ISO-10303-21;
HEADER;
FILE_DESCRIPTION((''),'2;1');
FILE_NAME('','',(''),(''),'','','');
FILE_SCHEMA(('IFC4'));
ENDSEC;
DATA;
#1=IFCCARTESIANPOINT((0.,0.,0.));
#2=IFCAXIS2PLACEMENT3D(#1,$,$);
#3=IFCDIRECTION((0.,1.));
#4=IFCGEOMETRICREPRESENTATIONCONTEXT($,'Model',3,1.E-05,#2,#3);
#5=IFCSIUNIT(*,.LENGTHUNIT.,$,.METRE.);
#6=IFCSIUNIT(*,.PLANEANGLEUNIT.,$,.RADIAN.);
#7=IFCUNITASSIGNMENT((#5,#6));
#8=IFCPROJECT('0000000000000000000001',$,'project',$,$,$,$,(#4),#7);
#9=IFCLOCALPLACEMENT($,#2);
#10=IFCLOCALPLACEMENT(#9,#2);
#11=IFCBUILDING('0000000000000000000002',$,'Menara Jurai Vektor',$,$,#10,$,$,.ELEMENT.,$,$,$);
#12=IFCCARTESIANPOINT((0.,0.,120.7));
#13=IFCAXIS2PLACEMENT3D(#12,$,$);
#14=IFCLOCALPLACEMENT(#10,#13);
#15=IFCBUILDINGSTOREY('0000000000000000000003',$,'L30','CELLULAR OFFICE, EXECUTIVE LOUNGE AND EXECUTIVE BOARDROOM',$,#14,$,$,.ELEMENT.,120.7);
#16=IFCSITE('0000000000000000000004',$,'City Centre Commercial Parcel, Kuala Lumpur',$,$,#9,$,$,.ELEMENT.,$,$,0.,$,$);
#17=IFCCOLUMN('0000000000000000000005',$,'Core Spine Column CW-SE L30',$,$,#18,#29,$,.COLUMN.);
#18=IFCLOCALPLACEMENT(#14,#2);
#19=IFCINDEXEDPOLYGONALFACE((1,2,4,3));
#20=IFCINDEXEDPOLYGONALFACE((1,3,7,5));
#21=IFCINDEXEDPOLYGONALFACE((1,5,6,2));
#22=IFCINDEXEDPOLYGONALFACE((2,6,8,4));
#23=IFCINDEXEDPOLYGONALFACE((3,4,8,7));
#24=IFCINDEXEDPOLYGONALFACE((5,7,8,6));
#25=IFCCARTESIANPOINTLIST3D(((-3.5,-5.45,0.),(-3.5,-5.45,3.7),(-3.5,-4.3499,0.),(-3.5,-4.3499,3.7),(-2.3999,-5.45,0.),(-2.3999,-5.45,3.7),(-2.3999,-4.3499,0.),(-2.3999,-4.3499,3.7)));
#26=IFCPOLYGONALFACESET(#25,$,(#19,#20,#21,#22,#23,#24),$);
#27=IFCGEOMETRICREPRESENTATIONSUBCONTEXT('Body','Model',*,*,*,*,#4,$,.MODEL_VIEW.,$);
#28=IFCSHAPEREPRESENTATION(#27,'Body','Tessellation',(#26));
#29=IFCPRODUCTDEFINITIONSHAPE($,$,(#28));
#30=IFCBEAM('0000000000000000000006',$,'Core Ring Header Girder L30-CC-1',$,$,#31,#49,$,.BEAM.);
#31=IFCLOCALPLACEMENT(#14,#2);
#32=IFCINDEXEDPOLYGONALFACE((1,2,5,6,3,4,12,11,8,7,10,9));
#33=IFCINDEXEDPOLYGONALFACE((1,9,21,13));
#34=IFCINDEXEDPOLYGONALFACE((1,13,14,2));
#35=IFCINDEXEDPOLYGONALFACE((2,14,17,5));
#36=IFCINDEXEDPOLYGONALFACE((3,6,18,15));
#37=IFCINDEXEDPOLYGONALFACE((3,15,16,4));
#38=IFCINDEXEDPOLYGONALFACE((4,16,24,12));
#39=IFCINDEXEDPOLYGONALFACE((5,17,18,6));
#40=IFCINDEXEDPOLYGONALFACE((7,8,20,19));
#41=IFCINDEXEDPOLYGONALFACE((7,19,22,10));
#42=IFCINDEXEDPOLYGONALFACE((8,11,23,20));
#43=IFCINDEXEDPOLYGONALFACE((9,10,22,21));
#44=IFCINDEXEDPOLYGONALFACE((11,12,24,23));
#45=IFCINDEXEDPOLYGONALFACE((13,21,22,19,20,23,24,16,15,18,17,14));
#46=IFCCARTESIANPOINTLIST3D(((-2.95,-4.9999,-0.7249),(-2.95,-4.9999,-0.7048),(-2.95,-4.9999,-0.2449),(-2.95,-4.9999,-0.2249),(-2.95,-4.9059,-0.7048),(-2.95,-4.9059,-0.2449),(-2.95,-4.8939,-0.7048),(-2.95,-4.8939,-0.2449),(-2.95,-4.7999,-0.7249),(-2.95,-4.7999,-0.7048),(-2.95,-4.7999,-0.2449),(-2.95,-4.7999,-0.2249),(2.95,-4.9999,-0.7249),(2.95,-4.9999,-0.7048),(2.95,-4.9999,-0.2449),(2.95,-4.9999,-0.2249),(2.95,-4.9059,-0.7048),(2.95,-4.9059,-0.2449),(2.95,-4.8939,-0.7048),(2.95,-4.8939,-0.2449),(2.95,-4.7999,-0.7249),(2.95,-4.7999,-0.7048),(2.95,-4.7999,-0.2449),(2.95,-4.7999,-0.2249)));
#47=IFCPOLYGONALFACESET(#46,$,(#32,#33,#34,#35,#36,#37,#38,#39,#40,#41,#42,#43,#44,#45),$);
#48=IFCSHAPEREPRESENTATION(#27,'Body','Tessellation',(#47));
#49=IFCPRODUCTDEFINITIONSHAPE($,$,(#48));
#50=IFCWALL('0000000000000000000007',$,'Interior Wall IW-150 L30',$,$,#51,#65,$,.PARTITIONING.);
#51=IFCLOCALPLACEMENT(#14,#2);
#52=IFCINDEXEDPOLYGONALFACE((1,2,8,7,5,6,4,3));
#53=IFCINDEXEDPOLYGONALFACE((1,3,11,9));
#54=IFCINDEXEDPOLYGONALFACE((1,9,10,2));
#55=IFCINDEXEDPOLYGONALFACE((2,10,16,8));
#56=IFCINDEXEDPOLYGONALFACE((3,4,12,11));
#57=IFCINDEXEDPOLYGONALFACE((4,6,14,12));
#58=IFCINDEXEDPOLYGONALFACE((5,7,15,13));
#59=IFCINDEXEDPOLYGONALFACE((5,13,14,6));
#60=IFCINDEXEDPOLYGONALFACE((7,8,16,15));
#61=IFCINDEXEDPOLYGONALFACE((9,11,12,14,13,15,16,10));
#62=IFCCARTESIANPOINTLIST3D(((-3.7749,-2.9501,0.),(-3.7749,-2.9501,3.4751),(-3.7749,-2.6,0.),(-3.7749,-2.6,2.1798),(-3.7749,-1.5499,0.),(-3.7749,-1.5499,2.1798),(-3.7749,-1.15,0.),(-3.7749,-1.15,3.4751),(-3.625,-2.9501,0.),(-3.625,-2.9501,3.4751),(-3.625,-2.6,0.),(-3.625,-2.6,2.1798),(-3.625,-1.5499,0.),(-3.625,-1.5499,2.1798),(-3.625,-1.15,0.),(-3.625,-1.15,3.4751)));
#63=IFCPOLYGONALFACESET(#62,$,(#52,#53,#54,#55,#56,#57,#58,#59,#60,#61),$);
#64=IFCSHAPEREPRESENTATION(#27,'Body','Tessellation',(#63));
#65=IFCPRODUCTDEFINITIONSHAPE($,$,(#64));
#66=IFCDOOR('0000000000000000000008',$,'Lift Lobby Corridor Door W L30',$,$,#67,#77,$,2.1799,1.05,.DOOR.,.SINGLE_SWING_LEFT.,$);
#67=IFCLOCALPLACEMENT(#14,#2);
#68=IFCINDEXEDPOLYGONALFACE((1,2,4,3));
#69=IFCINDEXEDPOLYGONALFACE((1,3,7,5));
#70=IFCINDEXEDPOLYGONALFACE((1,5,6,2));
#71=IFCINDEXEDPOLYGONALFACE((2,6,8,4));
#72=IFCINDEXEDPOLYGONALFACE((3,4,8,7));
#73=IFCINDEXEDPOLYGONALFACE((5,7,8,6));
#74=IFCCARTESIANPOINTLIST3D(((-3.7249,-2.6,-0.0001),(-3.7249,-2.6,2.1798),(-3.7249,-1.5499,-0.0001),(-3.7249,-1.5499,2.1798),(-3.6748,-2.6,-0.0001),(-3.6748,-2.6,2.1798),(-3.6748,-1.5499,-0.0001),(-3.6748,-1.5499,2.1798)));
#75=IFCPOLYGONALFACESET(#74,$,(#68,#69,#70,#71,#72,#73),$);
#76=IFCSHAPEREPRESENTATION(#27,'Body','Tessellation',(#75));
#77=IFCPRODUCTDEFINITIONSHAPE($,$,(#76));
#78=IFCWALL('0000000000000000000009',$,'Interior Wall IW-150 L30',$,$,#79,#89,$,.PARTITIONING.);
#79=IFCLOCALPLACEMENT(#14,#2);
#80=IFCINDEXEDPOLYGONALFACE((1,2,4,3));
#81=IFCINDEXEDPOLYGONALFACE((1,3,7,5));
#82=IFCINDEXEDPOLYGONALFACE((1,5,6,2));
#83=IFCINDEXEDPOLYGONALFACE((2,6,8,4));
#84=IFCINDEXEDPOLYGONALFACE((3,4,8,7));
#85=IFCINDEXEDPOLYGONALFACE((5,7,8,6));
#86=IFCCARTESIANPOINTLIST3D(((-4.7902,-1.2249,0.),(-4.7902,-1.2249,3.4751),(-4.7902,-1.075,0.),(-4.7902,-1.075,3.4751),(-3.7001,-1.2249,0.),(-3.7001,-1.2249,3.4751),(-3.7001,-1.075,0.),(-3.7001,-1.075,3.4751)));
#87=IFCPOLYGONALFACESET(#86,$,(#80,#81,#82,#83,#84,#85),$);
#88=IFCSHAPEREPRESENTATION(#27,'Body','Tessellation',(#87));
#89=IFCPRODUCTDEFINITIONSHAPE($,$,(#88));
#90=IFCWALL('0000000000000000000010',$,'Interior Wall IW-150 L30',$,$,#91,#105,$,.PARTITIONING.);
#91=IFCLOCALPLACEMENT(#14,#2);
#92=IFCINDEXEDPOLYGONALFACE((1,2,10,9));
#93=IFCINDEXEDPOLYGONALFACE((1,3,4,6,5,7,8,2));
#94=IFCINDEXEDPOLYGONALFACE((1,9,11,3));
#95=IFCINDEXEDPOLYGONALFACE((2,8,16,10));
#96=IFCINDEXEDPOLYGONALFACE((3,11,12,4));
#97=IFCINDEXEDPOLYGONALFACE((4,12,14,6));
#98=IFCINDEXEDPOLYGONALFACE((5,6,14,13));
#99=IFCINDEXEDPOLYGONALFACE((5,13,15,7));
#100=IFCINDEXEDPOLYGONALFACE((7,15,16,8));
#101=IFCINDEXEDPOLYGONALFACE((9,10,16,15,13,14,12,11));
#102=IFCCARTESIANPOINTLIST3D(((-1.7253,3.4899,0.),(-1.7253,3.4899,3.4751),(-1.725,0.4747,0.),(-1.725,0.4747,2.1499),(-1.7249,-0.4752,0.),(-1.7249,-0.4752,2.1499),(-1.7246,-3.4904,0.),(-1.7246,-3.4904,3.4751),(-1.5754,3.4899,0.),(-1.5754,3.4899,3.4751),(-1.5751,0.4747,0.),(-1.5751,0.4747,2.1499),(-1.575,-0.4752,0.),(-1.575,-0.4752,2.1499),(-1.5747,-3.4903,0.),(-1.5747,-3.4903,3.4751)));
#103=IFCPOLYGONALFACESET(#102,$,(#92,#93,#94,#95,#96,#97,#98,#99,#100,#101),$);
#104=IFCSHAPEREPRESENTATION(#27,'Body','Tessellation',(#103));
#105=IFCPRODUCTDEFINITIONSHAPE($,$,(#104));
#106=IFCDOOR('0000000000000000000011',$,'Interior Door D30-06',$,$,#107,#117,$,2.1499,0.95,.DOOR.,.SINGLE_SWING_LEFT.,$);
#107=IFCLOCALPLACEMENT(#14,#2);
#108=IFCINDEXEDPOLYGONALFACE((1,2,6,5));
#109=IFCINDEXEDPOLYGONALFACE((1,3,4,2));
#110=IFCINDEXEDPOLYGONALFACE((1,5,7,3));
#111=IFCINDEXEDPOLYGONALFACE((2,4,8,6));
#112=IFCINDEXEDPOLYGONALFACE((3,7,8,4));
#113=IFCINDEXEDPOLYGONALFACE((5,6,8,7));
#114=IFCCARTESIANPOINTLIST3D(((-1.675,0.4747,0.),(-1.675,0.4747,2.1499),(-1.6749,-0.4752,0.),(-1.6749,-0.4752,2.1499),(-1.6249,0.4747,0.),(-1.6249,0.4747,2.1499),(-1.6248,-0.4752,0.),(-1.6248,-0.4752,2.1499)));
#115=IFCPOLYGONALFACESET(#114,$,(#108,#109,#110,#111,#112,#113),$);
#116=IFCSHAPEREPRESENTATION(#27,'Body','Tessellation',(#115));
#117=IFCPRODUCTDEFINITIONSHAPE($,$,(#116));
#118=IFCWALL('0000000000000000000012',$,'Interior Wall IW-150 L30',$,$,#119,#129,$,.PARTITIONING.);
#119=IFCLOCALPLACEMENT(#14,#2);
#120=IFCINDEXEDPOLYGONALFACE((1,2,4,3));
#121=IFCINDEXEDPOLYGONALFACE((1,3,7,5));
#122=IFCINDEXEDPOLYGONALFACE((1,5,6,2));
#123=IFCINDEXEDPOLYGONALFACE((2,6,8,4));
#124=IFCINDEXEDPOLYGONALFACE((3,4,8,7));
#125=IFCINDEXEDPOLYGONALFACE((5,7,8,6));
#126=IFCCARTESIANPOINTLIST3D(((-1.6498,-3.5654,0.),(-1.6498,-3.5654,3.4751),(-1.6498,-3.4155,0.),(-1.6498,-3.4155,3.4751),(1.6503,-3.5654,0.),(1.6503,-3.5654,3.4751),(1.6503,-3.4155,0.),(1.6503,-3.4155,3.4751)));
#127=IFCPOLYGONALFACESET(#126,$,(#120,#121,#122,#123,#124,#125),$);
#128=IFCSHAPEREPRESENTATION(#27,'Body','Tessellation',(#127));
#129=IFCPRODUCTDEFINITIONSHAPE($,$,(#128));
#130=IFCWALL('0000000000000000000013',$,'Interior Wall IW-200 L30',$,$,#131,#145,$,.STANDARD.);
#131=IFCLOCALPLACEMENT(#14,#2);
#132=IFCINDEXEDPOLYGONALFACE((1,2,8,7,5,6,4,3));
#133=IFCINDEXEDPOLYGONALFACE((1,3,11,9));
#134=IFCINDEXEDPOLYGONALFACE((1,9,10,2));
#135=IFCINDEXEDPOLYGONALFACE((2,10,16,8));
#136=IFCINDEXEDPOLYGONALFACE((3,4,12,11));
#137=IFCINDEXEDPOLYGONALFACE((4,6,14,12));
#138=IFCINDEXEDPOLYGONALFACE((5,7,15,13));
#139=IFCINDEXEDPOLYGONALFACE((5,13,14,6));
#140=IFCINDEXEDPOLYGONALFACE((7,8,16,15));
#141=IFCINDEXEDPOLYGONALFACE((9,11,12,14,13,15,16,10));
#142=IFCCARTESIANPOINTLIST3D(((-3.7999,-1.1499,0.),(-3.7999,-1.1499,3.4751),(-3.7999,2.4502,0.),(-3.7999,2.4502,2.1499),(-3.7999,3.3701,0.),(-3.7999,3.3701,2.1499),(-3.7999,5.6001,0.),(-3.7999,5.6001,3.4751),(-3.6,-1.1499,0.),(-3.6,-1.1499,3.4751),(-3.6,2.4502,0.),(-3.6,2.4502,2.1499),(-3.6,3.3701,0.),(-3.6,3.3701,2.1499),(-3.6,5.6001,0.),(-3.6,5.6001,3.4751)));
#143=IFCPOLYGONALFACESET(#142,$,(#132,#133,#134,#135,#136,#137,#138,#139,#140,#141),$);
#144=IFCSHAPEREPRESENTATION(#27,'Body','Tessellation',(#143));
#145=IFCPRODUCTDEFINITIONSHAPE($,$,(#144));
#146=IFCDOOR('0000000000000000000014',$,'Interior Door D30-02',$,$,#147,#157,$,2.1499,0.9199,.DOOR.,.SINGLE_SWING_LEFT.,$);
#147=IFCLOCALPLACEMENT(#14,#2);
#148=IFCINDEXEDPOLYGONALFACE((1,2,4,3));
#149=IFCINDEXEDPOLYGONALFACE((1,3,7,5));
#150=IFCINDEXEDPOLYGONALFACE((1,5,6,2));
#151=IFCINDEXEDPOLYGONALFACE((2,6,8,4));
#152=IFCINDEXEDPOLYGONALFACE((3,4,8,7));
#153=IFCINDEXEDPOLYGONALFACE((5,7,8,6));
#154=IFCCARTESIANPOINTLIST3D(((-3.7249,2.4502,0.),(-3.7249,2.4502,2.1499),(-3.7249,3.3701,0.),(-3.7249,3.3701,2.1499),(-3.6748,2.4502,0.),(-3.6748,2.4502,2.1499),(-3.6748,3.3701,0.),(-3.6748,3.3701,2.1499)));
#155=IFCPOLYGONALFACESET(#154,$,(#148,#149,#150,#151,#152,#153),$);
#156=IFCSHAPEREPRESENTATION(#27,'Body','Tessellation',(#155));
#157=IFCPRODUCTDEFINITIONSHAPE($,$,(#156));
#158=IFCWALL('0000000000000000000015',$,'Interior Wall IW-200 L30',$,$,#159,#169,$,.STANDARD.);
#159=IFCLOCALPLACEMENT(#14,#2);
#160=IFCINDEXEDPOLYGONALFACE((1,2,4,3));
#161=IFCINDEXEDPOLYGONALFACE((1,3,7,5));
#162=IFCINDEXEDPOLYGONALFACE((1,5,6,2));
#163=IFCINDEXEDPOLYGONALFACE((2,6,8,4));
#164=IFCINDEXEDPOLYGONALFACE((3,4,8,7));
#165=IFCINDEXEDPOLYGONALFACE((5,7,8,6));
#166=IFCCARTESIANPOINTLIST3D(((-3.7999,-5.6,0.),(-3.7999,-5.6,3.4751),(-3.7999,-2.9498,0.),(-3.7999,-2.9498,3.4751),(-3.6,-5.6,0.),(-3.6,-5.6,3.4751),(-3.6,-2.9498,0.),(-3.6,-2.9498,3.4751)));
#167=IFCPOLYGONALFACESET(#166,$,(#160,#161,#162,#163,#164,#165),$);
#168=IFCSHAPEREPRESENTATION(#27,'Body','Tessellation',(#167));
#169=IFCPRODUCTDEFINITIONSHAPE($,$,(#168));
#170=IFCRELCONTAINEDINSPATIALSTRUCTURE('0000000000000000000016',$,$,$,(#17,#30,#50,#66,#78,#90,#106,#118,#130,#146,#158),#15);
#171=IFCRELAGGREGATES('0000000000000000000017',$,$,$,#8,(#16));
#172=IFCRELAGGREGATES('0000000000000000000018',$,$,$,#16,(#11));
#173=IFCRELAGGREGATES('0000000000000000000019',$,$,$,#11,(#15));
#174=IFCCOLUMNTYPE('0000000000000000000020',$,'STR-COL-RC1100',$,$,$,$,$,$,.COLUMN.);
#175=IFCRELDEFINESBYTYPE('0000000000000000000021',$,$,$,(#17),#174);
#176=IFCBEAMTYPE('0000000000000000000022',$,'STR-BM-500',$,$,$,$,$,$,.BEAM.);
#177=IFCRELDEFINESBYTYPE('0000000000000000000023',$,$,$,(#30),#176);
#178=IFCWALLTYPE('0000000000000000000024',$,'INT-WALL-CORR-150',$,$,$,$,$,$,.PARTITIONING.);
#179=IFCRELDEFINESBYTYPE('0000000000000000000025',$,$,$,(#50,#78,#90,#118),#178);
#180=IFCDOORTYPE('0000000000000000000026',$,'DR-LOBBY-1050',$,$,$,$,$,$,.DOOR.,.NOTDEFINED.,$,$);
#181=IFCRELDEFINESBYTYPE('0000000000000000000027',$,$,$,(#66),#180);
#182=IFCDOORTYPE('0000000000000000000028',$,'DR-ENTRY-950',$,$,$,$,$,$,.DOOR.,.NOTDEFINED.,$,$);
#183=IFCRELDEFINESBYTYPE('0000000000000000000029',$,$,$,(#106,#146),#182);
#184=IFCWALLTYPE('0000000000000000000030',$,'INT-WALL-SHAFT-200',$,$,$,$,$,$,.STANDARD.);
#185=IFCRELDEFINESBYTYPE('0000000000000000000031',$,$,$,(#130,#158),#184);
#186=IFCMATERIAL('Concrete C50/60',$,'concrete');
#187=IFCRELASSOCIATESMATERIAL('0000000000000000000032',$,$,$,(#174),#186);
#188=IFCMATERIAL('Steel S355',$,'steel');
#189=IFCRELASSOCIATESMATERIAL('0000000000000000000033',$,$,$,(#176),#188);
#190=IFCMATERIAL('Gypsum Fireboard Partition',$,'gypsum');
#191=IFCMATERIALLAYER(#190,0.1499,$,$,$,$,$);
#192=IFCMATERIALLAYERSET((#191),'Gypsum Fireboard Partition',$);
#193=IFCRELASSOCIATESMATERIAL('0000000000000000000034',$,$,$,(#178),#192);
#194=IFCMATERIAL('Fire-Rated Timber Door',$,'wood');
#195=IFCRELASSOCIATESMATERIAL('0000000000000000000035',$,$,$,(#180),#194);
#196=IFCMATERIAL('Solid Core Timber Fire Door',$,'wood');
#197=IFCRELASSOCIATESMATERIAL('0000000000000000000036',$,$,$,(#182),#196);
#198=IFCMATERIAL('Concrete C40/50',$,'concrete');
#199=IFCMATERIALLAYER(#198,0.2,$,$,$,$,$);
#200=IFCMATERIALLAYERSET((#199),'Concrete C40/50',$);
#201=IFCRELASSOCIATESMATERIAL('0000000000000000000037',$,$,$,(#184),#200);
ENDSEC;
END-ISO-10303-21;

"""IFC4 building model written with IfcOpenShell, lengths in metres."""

from ifc_helpers import new_model, si_unit, direction, frame, frame_2d, origin, origin_2d, place, context, subcontext, project, spatial, rectangle, i_section, extrude, material, layer, layer_set, material_profile, profile_set, type_object, element, fill, save


model = new_model("IFC4")

# Units and contexts
model_context = context("Model", 3, precision=1e-05, world=origin(), true_north=direction((0.0, 1.0)))
body_context = subcontext(model_context, "Body", "Model", "MODEL_VIEW")
ifc_project = project(units=[si_unit("LENGTHUNIT", "METRE"), si_unit("PLANEANGLEUNIT", "RADIAN")], contexts=[model_context])

# Site, building, storey
site_placement = place(None, origin())
site = spatial("IfcSite", under=ifc_project, at=site_placement, Name="City Centre Commercial Parcel, Kuala Lumpur", CompositionType="ELEMENT", RefElevation=0.0)
building_placement = place(site_placement, origin())
building = spatial("IfcBuilding", under=site, at=building_placement, Name="Menara Jurai Vektor", CompositionType="ELEMENT")
storey_placement = place(building_placement, frame((0.0, 0.0, 120.7)))
storey = spatial("IfcBuildingStorey", under=building, at=storey_placement, Name="L30", Description="CELLULAR OFFICE, EXECUTIVE LOUNGE AND EXECUTIVE BOARDROOM", CompositionType="ELEMENT", Elevation=120.7)

# Column
ifc_material_1 = material(Name="Concrete C50/60", Category="concrete")
ifc_material_profile_1 = material_profile(ifc_material_1, rectangle(XDim=1.1001, YDim=1.1001, at=origin_2d()), Name="RC 1100x1100")
ifc_profile_set_1 = profile_set([ifc_material_profile_1], Name="Concrete C50/60")
column_type = type_object("IfcColumnType", Name="STR-COL-RC1100", PredefinedType="COLUMN", material=ifc_profile_set_1)
column_placement = place(storey_placement, frame((-2.95, -4.8999, 0.0), z_axis=(0.0, 0.0, 1.0), x_axis=(1.0, 0.0, 0.0)))
element("IfcColumn", 1, at=column_placement, inside=storey, type_object=column_type, Name="Core Spine Column CW-SE L30", PredefinedType="COLUMN", context=body_context, shape_type="SweptSolid", body=[
    extrude(rectangle(XDim=1.1001, YDim=1.1001, at=origin_2d()), origin(), (0.0, 0.0, 1.0), 3.7),
])

# Beam
ifc_material_2 = material(Name="Steel S355", Category="steel")
ifc_material_profile_2 = material_profile(ifc_material_2, i_section(OverallWidth=0.2, OverallDepth=0.5, WebThickness=0.012, FlangeThickness=0.02, at=origin_2d()), Name="PG 500x200x96")
ifc_profile_set_2 = profile_set([ifc_material_profile_2], Name="Steel S355")
beam_type = type_object("IfcBeamType", Name="STR-BM-500", PredefinedType="BEAM", material=ifc_profile_set_2)
beam_placement = place(storey_placement, frame((-2.95, -4.8999, -0.4749), z_axis=(1.0, 0.0, 0.0), x_axis=(0.0, 1.0, 0.0)))
element("IfcBeam", 2, at=beam_placement, inside=storey, type_object=beam_type, Name="Core Ring Header Girder L30-CC-1", PredefinedType="BEAM", context=body_context, shape_type="SweptSolid", body=[
    extrude(i_section(OverallWidth=0.2, OverallDepth=0.5, WebThickness=0.012, FlangeThickness=0.02, at=origin_2d()), origin(), (0.0, 0.0, 1.0), 5.8999),
])

# Wall, opening, door
ifc_material_3 = material(Name="Gypsum Fireboard Partition", Category="gypsum")
ifc_layer_1 = layer(ifc_material_3, 0.1499)
ifc_layer_set_1 = layer_set([ifc_layer_1], Name="Gypsum Fireboard Partition")
wall_type_1 = type_object("IfcWallType", Name="INT-WALL-CORR-150", PredefinedType="PARTITIONING", material=ifc_layer_set_1)
wall_1_placement = place(storey_placement, frame((-3.7, -2.95, 0.0), z_axis=(0.0, 0.0, 1.0), x_axis=(0.0, 1.0, 0.0)))
wall_1 = element("IfcWall", 3, at=wall_1_placement, inside=storey, type_object=wall_type_1, Name="Interior Wall IW-150 L30", PredefinedType="PARTITIONING", context=body_context, shape_type="SweptSolid", body=[
    extrude(rectangle(XDim=1.8, YDim=0.1499, at=frame_2d((0.8999, 0.0))), origin(), (0.0, 0.0, 1.0), 3.4751),
])
opening_1_placement = place(wall_1_placement, frame((0.3501, 0.0, 0.0)))
opening_1 = element("IfcOpeningElement", 4, at=opening_1_placement, cuts=wall_1, PredefinedType="OPENING", context=body_context, shape_type="SweptSolid", body=[
    extrude(rectangle(XDim=1.05, YDim=2.1799, at=frame_2d((0.5249, 1.0898))), frame((0.0, 0.085, 0.0), z_axis=(0.0, -1.0, 0.0), x_axis=(1.0, 0.0, 0.0)), (0.0, 0.0, 1.0), 0.1699),
])
ifc_material_4 = material(Name="Fire-Rated Timber Door", Category="wood")
door_type_1 = type_object("IfcDoorType", Name="DR-LOBBY-1050", OperationType="NOTDEFINED", PredefinedType="DOOR", material=ifc_material_4)
door_1_placement = place(opening_1_placement, origin())
door_1 = element("IfcDoor", 5, at=door_1_placement, inside=storey, type_object=door_type_1, Name="Lift Lobby Corridor Door W L30", OperationType="SINGLE_SWING_LEFT", OverallHeight=2.1799, OverallWidth=1.05, PredefinedType="DOOR", context=body_context, shape_type="SweptSolid", body=[
    extrude(rectangle(XDim=1.05, YDim=2.1799, at=frame_2d((0.5249, 1.0898))), frame((0.0, 0.0249, 0.0), z_axis=(0.0, -1.0, 0.0), x_axis=(1.0, 0.0, 0.0)), (0.0, 0.0, 1.0), 0.05),
])
fill(opening_1, door_1)

# Wall
wall_2_placement = place(storey_placement, frame((-4.79, -1.1499, 0.0), z_axis=(0.0, 0.0, 1.0), x_axis=(1.0, 0.0, 0.0)))
element("IfcWall", 6, at=wall_2_placement, inside=storey, type_object=wall_type_1, Name="Interior Wall IW-150 L30", PredefinedType="PARTITIONING", context=body_context, shape_type="SweptSolid", body=[
    extrude(rectangle(XDim=1.0901, YDim=0.1499, at=frame_2d((0.5449, 0.0))), origin(), (0.0, 0.0, 1.0), 3.4751),
])

# Wall, opening, door
wall_3_placement = place(storey_placement, frame((-1.6497, -3.4905, 0.0), z_axis=(0.0, 0.0, 1.0), x_axis=(-0.000105, 1.0, 0.0)))
wall_3 = element("IfcWall", 7, at=wall_3_placement, inside=storey, type_object=wall_type_1, Name="Interior Wall IW-150 L30", PredefinedType="PARTITIONING", context=body_context, shape_type="SweptSolid", body=[
    extrude(rectangle(XDim=6.9802, YDim=0.1499, at=frame_2d((3.4902, 0.0))), origin(), (0.0, 0.0, 1.0), 3.4751),
])
opening_2_placement = place(wall_3_placement, frame((3.0151, 0.0, 0.0)))
opening_2 = element("IfcOpeningElement", 8, at=opening_2_placement, cuts=wall_3, PredefinedType="OPENING", context=body_context, shape_type="SweptSolid", body=[
    extrude(rectangle(XDim=0.95, YDim=2.1499, at=frame_2d((0.4751, 1.075))), frame((0.0, 0.085, 0.0), z_axis=(0.0, -1.0, 0.0), x_axis=(1.0, 0.0, 0.0)), (0.0, 0.0, 1.0), 0.1699),
])
ifc_material_5 = material(Name="Solid Core Timber Fire Door", Category="wood")
door_type_2 = type_object("IfcDoorType", Name="DR-ENTRY-950", OperationType="NOTDEFINED", PredefinedType="DOOR", material=ifc_material_5)
door_2_placement = place(opening_2_placement, origin())
door_2 = element("IfcDoor", 9, at=door_2_placement, inside=storey, type_object=door_type_2, Name="Interior Door D30-06", OperationType="SINGLE_SWING_LEFT", OverallHeight=2.1499, OverallWidth=0.95, PredefinedType="DOOR", context=body_context, shape_type="SweptSolid", body=[
    extrude(rectangle(XDim=0.95, YDim=2.1499, at=frame_2d((0.4751, 1.075))), frame((0.0, 0.0249, 0.0), z_axis=(0.0, -1.0, 0.0), x_axis=(1.0, 0.0, 0.0)), (0.0, 0.0, 1.0), 0.05),
])
fill(opening_2, door_2)

# Wall
wall_4_placement = place(storey_placement, frame((-1.6497, -3.4905, 0.0), z_axis=(0.0, 0.0, 1.0), x_axis=(1.0, 0.0, 0.0)))
element("IfcWall", 10, at=wall_4_placement, inside=storey, type_object=wall_type_1, Name="Interior Wall IW-150 L30", PredefinedType="PARTITIONING", context=body_context, shape_type="SweptSolid", body=[
    extrude(rectangle(XDim=3.3, YDim=0.1499, at=frame_2d((1.6499, 0.0))), origin(), (0.0, 0.0, 1.0), 3.4751),
])

# Wall, opening, door
ifc_material_6 = material(Name="Concrete C40/50", Category="concrete")
ifc_layer_2 = layer(ifc_material_6, 0.2)
ifc_layer_set_2 = layer_set([ifc_layer_2], Name="Concrete C40/50")
wall_type_2 = type_object("IfcWallType", Name="INT-WALL-SHAFT-200", PredefinedType="STANDARD", material=ifc_layer_set_2)
wall_5_placement = place(storey_placement, frame((-3.7, -1.1499, 0.0), z_axis=(0.0, 0.0, 1.0), x_axis=(0.0, 1.0, 0.0)))
wall_5 = element("IfcWall", 11, at=wall_5_placement, inside=storey, type_object=wall_type_2, Name="Interior Wall IW-200 L30", PredefinedType="STANDARD", context=body_context, shape_type="SweptSolid", body=[
    extrude(rectangle(XDim=6.75, YDim=0.2, at=frame_2d((3.375, 0.0))), origin(), (0.0, 0.0, 1.0), 3.4751),
])
opening_3_placement = place(wall_5_placement, frame((3.6001, 0.0, 0.0)))
opening_3 = element("IfcOpeningElement", 12, at=opening_3_placement, cuts=wall_5, PredefinedType="OPENING", context=body_context, shape_type="SweptSolid", body=[
    extrude(rectangle(XDim=0.9199, YDim=2.1499, at=frame_2d((0.46, 1.075))), frame((0.0, 0.1099, 0.0), z_axis=(0.0, -1.0, 0.0), x_axis=(1.0, 0.0, 0.0)), (0.0, 0.0, 1.0), 0.22),
])
door_3_placement = place(opening_3_placement, origin())
door_3 = element("IfcDoor", 13, at=door_3_placement, inside=storey, type_object=door_type_2, Name="Interior Door D30-02", OperationType="SINGLE_SWING_LEFT", OverallHeight=2.1499, OverallWidth=0.9199, PredefinedType="DOOR", context=body_context, shape_type="SweptSolid", body=[
    extrude(rectangle(XDim=0.9199, YDim=2.1499, at=frame_2d((0.46, 1.075))), frame((0.0, 0.0249, 0.0), z_axis=(0.0, -1.0, 0.0), x_axis=(1.0, 0.0, 0.0)), (0.0, 0.0, 1.0), 0.05),
])
fill(opening_3, door_3)

# Wall
wall_6_placement = place(storey_placement, frame((-3.7, -5.6001, 0.0), z_axis=(0.0, 0.0, 1.0), x_axis=(0.0, 1.0, 0.0)))
element("IfcWall", 14, at=wall_6_placement, inside=storey, type_object=wall_type_2, Name="Interior Wall IW-200 L30", PredefinedType="STANDARD", context=body_context, shape_type="SweptSolid", body=[
    extrude(rectangle(XDim=2.6501, YDim=0.2, at=frame_2d((1.3252, 0.0))), origin(), (0.0, 0.0, 1.0), 3.4751),
])

save(model, "model.ifc")
